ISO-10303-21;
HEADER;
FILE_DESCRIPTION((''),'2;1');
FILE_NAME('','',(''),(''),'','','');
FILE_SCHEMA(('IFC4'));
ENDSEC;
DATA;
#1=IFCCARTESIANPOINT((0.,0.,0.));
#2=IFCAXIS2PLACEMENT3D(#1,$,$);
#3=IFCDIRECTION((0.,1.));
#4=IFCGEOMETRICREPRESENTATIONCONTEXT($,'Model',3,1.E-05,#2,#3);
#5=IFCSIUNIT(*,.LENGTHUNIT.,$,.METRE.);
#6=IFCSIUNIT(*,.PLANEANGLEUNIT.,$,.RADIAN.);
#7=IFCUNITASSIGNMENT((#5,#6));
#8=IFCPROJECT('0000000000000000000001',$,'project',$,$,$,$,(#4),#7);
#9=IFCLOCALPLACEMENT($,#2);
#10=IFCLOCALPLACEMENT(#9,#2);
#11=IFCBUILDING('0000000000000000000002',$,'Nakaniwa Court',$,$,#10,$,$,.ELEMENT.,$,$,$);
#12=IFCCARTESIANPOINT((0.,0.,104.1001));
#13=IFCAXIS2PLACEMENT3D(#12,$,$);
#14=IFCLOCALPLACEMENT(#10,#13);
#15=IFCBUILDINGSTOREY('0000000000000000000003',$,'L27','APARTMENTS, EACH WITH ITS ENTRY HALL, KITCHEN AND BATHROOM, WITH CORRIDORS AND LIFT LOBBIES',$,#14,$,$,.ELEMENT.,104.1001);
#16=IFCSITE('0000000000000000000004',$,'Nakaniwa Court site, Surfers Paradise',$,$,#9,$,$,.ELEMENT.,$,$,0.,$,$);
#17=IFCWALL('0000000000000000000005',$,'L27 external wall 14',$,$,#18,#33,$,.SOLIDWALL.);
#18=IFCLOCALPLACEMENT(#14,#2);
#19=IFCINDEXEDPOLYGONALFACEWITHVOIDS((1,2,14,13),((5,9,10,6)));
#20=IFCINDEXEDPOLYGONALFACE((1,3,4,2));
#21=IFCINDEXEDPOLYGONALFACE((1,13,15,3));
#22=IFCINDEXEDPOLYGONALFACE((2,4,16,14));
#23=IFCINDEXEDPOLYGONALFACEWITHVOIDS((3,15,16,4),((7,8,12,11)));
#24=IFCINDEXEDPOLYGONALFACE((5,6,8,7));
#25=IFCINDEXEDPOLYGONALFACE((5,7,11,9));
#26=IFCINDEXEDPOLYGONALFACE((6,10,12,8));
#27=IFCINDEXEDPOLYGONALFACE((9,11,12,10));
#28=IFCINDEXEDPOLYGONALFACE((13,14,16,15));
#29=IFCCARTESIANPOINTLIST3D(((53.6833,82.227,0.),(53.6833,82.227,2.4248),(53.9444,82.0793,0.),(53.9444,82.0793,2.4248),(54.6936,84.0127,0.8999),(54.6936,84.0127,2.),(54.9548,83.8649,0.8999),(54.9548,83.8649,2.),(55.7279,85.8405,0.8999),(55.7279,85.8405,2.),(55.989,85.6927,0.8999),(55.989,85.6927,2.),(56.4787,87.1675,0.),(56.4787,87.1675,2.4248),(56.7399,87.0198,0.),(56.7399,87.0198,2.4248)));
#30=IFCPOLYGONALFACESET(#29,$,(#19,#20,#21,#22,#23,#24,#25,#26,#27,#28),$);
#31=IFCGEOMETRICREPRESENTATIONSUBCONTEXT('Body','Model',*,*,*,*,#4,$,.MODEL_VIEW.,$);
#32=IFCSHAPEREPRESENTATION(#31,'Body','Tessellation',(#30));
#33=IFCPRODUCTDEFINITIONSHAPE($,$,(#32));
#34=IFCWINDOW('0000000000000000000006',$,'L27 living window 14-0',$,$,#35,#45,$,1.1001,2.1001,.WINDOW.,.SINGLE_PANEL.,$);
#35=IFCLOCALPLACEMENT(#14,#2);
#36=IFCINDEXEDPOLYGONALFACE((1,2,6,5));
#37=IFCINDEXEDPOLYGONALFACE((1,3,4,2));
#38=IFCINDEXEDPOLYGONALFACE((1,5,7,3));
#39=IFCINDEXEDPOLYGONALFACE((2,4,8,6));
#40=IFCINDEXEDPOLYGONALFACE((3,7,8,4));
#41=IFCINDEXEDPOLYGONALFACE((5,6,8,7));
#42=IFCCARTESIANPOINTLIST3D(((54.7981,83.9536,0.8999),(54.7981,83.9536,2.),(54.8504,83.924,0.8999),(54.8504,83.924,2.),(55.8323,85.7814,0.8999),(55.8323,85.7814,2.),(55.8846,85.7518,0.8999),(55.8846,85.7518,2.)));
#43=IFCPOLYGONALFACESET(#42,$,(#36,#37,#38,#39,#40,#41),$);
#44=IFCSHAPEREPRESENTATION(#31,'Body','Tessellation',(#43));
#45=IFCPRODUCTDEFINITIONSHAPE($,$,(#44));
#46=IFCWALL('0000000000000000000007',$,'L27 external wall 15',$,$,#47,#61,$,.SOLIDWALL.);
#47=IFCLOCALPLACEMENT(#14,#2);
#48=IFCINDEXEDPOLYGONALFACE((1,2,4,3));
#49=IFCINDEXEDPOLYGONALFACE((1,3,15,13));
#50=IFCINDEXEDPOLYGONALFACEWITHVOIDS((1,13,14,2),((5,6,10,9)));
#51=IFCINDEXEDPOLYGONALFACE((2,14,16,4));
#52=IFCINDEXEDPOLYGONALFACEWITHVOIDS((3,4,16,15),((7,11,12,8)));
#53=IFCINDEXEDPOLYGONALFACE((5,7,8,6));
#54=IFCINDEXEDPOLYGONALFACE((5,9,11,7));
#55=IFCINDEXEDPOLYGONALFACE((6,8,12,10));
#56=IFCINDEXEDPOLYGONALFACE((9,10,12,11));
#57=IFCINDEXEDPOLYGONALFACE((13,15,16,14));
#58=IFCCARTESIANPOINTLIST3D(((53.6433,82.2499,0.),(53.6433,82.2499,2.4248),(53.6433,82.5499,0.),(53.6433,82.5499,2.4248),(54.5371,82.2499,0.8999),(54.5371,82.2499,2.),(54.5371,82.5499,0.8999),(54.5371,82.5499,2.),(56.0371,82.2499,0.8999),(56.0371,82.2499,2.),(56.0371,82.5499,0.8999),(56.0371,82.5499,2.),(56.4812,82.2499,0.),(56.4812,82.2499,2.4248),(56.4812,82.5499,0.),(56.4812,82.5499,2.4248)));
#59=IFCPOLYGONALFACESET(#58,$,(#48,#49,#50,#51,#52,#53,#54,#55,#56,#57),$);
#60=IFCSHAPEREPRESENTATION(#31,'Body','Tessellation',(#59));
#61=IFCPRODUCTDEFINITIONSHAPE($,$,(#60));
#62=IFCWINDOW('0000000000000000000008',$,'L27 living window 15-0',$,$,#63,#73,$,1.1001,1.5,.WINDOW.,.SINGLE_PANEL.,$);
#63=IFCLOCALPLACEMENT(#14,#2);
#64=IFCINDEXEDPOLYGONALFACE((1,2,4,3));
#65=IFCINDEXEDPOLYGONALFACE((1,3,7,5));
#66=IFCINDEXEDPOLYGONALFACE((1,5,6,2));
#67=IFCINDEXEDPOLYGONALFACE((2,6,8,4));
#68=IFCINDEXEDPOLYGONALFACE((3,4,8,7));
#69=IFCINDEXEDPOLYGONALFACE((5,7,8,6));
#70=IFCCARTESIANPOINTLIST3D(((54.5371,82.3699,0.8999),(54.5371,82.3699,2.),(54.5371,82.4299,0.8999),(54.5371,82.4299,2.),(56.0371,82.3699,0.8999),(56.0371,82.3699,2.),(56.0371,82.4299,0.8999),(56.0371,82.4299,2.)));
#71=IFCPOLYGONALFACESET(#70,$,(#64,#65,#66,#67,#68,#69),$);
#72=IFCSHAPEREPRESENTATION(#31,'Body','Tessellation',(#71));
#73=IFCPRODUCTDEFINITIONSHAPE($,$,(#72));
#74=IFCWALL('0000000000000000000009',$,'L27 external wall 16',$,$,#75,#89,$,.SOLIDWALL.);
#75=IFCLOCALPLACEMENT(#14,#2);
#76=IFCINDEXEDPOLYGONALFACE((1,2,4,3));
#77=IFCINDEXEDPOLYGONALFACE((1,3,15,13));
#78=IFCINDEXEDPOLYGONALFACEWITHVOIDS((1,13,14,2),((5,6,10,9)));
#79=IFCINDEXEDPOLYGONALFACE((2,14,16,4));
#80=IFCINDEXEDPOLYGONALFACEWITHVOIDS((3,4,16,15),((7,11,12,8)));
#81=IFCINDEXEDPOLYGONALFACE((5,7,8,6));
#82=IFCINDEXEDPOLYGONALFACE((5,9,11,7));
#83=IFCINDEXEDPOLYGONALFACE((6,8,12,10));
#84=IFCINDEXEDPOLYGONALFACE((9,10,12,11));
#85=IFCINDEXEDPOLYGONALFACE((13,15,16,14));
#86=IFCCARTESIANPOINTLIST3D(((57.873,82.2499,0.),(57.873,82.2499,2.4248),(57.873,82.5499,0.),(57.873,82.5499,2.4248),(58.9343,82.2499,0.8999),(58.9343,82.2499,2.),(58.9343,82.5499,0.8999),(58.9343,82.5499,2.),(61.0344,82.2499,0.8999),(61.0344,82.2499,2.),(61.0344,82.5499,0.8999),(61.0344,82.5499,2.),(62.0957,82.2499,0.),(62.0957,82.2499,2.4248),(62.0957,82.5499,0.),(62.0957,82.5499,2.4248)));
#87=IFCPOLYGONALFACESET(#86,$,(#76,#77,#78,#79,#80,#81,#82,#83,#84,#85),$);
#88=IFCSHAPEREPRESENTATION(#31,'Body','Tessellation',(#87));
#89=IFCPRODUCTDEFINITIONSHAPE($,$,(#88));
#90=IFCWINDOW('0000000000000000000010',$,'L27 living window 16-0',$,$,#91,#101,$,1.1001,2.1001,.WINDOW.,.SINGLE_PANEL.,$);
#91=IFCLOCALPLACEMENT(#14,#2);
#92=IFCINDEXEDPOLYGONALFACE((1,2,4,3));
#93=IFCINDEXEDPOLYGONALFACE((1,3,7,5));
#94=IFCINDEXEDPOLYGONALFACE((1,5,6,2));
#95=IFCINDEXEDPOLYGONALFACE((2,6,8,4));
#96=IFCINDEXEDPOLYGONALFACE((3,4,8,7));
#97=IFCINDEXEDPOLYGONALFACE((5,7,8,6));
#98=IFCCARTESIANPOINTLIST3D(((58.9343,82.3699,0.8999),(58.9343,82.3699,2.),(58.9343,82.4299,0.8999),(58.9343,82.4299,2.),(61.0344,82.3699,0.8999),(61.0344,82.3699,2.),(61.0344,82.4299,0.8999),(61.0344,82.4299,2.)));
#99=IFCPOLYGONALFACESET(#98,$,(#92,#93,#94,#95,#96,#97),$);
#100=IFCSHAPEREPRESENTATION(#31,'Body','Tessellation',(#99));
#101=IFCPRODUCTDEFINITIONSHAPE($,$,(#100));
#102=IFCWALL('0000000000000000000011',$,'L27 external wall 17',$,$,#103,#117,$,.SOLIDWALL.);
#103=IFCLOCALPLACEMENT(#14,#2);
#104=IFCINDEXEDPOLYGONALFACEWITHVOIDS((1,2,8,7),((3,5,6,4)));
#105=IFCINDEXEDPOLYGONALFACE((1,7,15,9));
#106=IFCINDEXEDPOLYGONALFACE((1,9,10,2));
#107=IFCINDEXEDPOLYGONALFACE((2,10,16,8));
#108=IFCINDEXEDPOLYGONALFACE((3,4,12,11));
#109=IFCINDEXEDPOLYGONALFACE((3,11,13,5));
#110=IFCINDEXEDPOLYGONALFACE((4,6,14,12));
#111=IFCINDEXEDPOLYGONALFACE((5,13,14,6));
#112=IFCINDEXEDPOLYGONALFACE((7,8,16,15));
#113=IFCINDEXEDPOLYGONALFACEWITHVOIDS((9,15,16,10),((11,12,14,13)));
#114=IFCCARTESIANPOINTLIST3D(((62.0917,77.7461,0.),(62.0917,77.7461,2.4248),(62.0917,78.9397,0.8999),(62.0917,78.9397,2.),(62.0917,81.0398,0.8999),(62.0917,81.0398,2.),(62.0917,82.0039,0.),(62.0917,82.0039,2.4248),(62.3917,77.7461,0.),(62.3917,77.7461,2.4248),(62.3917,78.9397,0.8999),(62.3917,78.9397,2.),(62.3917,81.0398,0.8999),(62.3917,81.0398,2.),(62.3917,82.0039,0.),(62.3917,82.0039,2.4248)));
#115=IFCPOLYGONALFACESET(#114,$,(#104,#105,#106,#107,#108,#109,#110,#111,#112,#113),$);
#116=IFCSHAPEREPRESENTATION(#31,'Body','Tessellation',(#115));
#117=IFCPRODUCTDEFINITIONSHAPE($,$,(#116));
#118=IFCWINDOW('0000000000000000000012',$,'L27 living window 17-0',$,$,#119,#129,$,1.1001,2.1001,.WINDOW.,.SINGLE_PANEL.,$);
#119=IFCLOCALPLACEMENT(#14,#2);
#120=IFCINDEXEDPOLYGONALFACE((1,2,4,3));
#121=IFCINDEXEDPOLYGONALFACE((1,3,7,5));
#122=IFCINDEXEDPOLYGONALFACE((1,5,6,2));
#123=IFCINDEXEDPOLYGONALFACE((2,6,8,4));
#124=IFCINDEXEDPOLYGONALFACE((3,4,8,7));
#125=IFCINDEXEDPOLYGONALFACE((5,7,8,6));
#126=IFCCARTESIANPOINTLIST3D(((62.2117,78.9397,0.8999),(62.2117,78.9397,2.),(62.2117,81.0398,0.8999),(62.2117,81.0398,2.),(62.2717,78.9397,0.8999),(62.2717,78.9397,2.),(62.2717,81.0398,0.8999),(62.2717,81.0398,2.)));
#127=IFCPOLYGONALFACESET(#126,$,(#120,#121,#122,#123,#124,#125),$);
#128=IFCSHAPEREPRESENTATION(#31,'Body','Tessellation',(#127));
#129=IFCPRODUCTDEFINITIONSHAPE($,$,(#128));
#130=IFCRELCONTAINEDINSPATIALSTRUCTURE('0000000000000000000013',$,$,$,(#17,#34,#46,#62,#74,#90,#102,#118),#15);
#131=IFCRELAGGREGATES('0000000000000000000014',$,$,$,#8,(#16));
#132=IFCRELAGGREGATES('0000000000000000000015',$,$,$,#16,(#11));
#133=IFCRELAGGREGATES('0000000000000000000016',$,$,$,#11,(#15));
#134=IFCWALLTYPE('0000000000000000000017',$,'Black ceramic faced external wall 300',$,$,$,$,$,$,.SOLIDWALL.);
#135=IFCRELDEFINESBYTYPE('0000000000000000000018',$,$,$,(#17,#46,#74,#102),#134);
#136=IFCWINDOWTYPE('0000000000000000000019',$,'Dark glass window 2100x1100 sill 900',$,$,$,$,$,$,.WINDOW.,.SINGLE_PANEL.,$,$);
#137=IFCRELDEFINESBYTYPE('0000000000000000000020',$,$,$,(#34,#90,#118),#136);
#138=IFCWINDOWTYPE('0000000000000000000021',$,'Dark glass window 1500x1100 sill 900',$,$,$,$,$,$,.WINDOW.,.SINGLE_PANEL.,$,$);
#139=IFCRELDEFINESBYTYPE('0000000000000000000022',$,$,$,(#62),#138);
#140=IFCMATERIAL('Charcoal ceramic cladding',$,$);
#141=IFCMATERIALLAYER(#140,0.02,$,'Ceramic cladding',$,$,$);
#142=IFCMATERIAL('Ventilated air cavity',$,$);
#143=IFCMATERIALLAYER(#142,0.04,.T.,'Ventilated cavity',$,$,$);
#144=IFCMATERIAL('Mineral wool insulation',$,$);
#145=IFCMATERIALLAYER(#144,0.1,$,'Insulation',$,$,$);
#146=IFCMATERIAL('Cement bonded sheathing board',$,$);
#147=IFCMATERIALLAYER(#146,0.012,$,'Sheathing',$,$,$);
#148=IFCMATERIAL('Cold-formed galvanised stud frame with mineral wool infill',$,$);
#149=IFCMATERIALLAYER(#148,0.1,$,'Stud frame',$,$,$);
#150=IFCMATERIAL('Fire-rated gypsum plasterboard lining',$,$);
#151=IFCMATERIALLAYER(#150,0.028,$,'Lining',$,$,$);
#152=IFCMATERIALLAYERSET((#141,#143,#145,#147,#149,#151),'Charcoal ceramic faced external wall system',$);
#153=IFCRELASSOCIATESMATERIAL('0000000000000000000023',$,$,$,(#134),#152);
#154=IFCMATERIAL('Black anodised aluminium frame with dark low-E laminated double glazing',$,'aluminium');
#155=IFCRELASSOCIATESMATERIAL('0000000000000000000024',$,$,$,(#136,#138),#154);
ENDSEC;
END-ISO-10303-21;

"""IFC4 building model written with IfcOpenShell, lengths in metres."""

from ifc_helpers import new_model, si_unit, direction, frame, frame_2d, origin, place, context, subcontext, project, spatial, rectangle, extrude, material, layer, layer_set, type_object, element, fill, save


model = new_model("IFC4")

# Units and contexts
model_context = context("Model", 3, precision=1e-05, world=origin(), true_north=direction((0.0, 1.0)))
body_context = subcontext(model_context, "Body", "Model", "MODEL_VIEW")
ifc_project = project(units=[si_unit("LENGTHUNIT", "METRE"), si_unit("PLANEANGLEUNIT", "RADIAN")], contexts=[model_context])

# Site, building, storey
site_placement = place(None, origin())
site = spatial("IfcSite", under=ifc_project, at=site_placement, Name="Nakaniwa Court site, Surfers Paradise", CompositionType="ELEMENT", RefElevation=0.0)
building_placement = place(site_placement, origin())
building = spatial("IfcBuilding", under=site, at=building_placement, Name="Nakaniwa Court", CompositionType="ELEMENT")
storey_placement = place(building_placement, frame((0.0, 0.0, 104.1001)))
storey = spatial("IfcBuildingStorey", under=building, at=storey_placement, Name="L27", Description="APARTMENTS, EACH WITH ITS ENTRY HALL, KITCHEN AND BATHROOM, WITH CORRIDORS AND LIFT LOBBIES", CompositionType="ELEMENT", Elevation=104.1001)

# Walls, openings, windows
ifc_material_1 = material(Name="Charcoal ceramic cladding")
ifc_layer_1 = layer(ifc_material_1, 0.02, Name="Ceramic cladding")
ifc_material_2 = material(Name="Ventilated air cavity")
ifc_layer_2 = layer(ifc_material_2, 0.04, ventilated=True, Name="Ventilated cavity")
ifc_material_3 = material(Name="Mineral wool insulation")
ifc_layer_3 = layer(ifc_material_3, 0.1, Name="Insulation")
ifc_material_4 = material(Name="Cement bonded sheathing board")
ifc_layer_4 = layer(ifc_material_4, 0.012, Name="Sheathing")
ifc_material_5 = material(Name="Cold-formed galvanised stud frame with mineral wool infill")
ifc_layer_5 = layer(ifc_material_5, 0.1, Name="Stud frame")
ifc_material_6 = material(Name="Fire-rated gypsum plasterboard lining")
ifc_layer_6 = layer(ifc_material_6, 0.028, Name="Lining")
ifc_layer_set_1 = layer_set([ifc_layer_1, ifc_layer_2, ifc_layer_3, ifc_layer_4, ifc_layer_5, ifc_layer_6], Name="Charcoal ceramic faced external wall system")
wall_type_1 = type_object("IfcWallType", Name="Black ceramic faced external wall 300", PredefinedType="SOLIDWALL", material=ifc_layer_set_1)
ifc_material_7 = material(Name="Black anodised aluminium frame with dark low-E laminated double glazing", Category="aluminium")
window_type_1 = type_object("IfcWindowType", Name="Dark glass window 2100x1100 sill 900", PartitioningType="SINGLE_PANEL", PredefinedType="WINDOW", material=ifc_material_7)
wall_1_placement = place(storey_placement, frame((56.6094, 87.0938, 0.0), z_axis=(0.0, 0.0, 1.0), x_axis=(-0.492457, -0.870337, 0.0)))
wall_1 = element("IfcWall", 1, at=wall_1_placement, inside=storey, type_object=wall_type_1, Name="L27 external wall 14", PredefinedType="SOLIDWALL", context=body_context, shape_type="SweptSolid", body=[
    extrude(rectangle(XDim=5.6765, YDim=0.3, at=frame_2d((2.8384, 0.0))), origin(), (0.0, 0.0, 1.0), 2.4248),
])
opening_1_placement = place(wall_1_placement, frame((1.5249, 0.0, 0.8999)))
opening_1 = element("IfcOpeningElement", 2, at=opening_1_placement, cuts=wall_1, PredefinedType="OPENING", context=body_context, shape_type="SweptSolid", body=[
    extrude(rectangle(XDim=2.1001, YDim=1.1001, at=frame_2d((1.05, 0.55))), frame((0.0, 0.1599, 0.0), z_axis=(0.0, -1.0, 0.0), x_axis=(1.0, 0.0, 0.0)), (0.0, 0.0, 1.0), 0.3201),
])
window_1_placement = place(opening_1_placement, origin())
window_1 = element("IfcWindow", 3, at=window_1_placement, inside=storey, type_object=window_type_1, Name="L27 living window 14-0", OverallHeight=1.1001, OverallWidth=2.1001, PartitioningType="SINGLE_PANEL", PredefinedType="WINDOW", context=body_context, shape_type="SweptSolid", body=[
    extrude(rectangle(XDim=2.1001, YDim=1.1001, at=frame_2d((1.05, 0.55))), frame((0.0, 0.03, 0.0), z_axis=(0.0, -1.0, 0.0), x_axis=(1.0, 0.0, 0.0)), (0.0, 0.0, 1.0), 0.0601),
])
fill(opening_1, window_1)
wall_2_placement = place(storey_placement, frame((53.6433, 82.3999, 0.0), z_axis=(0.0, 0.0, 1.0), x_axis=(1.0, 0.0, 0.0)))
wall_2 = element("IfcWall", 4, at=wall_2_placement, inside=storey, type_object=wall_type_1, Name="L27 external wall 15", PredefinedType="SOLIDWALL", context=body_context, shape_type="SweptSolid", body=[
    extrude(rectangle(XDim=2.8379, YDim=0.3, at=frame_2d((1.4189, 0.0))), origin(), (0.0, 0.0, 1.0), 2.4248),
])
opening_2_placement = place(wall_2_placement, frame((0.8938, 0.0, 0.8999)))
opening_2 = element("IfcOpeningElement", 5, at=opening_2_placement, cuts=wall_2, PredefinedType="OPENING", context=body_context, shape_type="SweptSolid", body=[
    extrude(rectangle(XDim=1.5, YDim=1.1001, at=frame_2d((0.75, 0.55))), frame((0.0, 0.1599, 0.0), z_axis=(0.0, -1.0, 0.0), x_axis=(1.0, 0.0, 0.0)), (0.0, 0.0, 1.0), 0.3201),
])
window_type_2 = type_object("IfcWindowType", Name="Dark glass window 1500x1100 sill 900", PartitioningType="SINGLE_PANEL", PredefinedType="WINDOW", material=ifc_material_7)
window_2_placement = place(opening_2_placement, origin())
window_2 = element("IfcWindow", 6, at=window_2_placement, inside=storey, type_object=window_type_2, Name="L27 living window 15-0", OverallHeight=1.1001, OverallWidth=1.5, PartitioningType="SINGLE_PANEL", PredefinedType="WINDOW", context=body_context, shape_type="SweptSolid", body=[
    extrude(rectangle(XDim=1.5, YDim=1.1001, at=frame_2d((0.75, 0.55))), frame((0.0, 0.03, 0.0), z_axis=(0.0, -1.0, 0.0), x_axis=(1.0, 0.0, 0.0)), (0.0, 0.0, 1.0), 0.0601),
])
fill(opening_2, window_2)
wall_3_placement = place(storey_placement, frame((57.873, 82.3999, 0.0), z_axis=(0.0, 0.0, 1.0), x_axis=(1.0, 0.0, 0.0)))
wall_3 = element("IfcWall", 7, at=wall_3_placement, inside=storey, type_object=wall_type_1, Name="L27 external wall 16", PredefinedType="SOLIDWALL", context=body_context, shape_type="SweptSolid", body=[
    extrude(rectangle(XDim=4.2227, YDim=0.3, at=frame_2d((2.1113, 0.0))), origin(), (0.0, 0.0, 1.0), 2.4248),
])
opening_3_placement = place(wall_3_placement, frame((1.0613, 0.0, 0.8999)))
opening_3 = element("IfcOpeningElement", 8, at=opening_3_placement, cuts=wall_3, PredefinedType="OPENING", context=body_context, shape_type="SweptSolid", body=[
    extrude(rectangle(XDim=2.1001, YDim=1.1001, at=frame_2d((1.05, 0.55))), frame((0.0, 0.1599, 0.0), z_axis=(0.0, -1.0, 0.0), x_axis=(1.0, 0.0, 0.0)), (0.0, 0.0, 1.0), 0.3201),
])
window_3_placement = place(opening_3_placement, origin())
window_3 = element("IfcWindow", 9, at=window_3_placement, inside=storey, type_object=window_type_1, Name="L27 living window 16-0", OverallHeight=1.1001, OverallWidth=2.1001, PartitioningType="SINGLE_PANEL", PredefinedType="WINDOW", context=body_context, shape_type="SweptSolid", body=[
    extrude(rectangle(XDim=2.1001, YDim=1.1001, at=frame_2d((1.05, 0.55))), frame((0.0, 0.03, 0.0), z_axis=(0.0, -1.0, 0.0), x_axis=(1.0, 0.0, 0.0)), (0.0, 0.0, 1.0), 0.0601),
])
fill(opening_3, window_3)
wall_4_placement = place(storey_placement, frame((62.2417, 82.0039, 0.0), z_axis=(0.0, 0.0, 1.0), x_axis=(0.0, -1.0, 0.0)))
wall_4 = element("IfcWall", 10, at=wall_4_placement, inside=storey, type_object=wall_type_1, Name="L27 external wall 17", PredefinedType="SOLIDWALL", context=body_context, shape_type="SweptSolid", body=[
    extrude(rectangle(XDim=4.2578, YDim=0.3, at=frame_2d((2.1289, 0.0))), origin(), (0.0, 0.0, 1.0), 2.4248),
])
opening_4_placement = place(wall_4_placement, frame((0.9641, 0.0, 0.8999)))
opening_4 = element("IfcOpeningElement", 11, at=opening_4_placement, cuts=wall_4, PredefinedType="OPENING", context=body_context, shape_type="SweptSolid", body=[
    extrude(rectangle(XDim=2.1001, YDim=1.1001, at=frame_2d((1.05, 0.55))), frame((0.0, 0.1599, 0.0), z_axis=(0.0, -1.0, 0.0), x_axis=(1.0, 0.0, 0.0)), (0.0, 0.0, 1.0), 0.3201),
])
window_4_placement = place(opening_4_placement, origin())
window_4 = element("IfcWindow", 12, at=window_4_placement, inside=storey, type_object=window_type_1, Name="L27 living window 17-0", OverallHeight=1.1001, OverallWidth=2.1001, PartitioningType="SINGLE_PANEL", PredefinedType="WINDOW", context=body_context, shape_type="SweptSolid", body=[
    extrude(rectangle(XDim=2.1001, YDim=1.1001, at=frame_2d((1.05, 0.55))), frame((0.0, 0.03, 0.0), z_axis=(0.0, -1.0, 0.0), x_axis=(1.0, 0.0, 0.0)), (0.0, 0.0, 1.0), 0.0601),
])
fill(opening_4, window_4)

save(model, "model.ifc")
